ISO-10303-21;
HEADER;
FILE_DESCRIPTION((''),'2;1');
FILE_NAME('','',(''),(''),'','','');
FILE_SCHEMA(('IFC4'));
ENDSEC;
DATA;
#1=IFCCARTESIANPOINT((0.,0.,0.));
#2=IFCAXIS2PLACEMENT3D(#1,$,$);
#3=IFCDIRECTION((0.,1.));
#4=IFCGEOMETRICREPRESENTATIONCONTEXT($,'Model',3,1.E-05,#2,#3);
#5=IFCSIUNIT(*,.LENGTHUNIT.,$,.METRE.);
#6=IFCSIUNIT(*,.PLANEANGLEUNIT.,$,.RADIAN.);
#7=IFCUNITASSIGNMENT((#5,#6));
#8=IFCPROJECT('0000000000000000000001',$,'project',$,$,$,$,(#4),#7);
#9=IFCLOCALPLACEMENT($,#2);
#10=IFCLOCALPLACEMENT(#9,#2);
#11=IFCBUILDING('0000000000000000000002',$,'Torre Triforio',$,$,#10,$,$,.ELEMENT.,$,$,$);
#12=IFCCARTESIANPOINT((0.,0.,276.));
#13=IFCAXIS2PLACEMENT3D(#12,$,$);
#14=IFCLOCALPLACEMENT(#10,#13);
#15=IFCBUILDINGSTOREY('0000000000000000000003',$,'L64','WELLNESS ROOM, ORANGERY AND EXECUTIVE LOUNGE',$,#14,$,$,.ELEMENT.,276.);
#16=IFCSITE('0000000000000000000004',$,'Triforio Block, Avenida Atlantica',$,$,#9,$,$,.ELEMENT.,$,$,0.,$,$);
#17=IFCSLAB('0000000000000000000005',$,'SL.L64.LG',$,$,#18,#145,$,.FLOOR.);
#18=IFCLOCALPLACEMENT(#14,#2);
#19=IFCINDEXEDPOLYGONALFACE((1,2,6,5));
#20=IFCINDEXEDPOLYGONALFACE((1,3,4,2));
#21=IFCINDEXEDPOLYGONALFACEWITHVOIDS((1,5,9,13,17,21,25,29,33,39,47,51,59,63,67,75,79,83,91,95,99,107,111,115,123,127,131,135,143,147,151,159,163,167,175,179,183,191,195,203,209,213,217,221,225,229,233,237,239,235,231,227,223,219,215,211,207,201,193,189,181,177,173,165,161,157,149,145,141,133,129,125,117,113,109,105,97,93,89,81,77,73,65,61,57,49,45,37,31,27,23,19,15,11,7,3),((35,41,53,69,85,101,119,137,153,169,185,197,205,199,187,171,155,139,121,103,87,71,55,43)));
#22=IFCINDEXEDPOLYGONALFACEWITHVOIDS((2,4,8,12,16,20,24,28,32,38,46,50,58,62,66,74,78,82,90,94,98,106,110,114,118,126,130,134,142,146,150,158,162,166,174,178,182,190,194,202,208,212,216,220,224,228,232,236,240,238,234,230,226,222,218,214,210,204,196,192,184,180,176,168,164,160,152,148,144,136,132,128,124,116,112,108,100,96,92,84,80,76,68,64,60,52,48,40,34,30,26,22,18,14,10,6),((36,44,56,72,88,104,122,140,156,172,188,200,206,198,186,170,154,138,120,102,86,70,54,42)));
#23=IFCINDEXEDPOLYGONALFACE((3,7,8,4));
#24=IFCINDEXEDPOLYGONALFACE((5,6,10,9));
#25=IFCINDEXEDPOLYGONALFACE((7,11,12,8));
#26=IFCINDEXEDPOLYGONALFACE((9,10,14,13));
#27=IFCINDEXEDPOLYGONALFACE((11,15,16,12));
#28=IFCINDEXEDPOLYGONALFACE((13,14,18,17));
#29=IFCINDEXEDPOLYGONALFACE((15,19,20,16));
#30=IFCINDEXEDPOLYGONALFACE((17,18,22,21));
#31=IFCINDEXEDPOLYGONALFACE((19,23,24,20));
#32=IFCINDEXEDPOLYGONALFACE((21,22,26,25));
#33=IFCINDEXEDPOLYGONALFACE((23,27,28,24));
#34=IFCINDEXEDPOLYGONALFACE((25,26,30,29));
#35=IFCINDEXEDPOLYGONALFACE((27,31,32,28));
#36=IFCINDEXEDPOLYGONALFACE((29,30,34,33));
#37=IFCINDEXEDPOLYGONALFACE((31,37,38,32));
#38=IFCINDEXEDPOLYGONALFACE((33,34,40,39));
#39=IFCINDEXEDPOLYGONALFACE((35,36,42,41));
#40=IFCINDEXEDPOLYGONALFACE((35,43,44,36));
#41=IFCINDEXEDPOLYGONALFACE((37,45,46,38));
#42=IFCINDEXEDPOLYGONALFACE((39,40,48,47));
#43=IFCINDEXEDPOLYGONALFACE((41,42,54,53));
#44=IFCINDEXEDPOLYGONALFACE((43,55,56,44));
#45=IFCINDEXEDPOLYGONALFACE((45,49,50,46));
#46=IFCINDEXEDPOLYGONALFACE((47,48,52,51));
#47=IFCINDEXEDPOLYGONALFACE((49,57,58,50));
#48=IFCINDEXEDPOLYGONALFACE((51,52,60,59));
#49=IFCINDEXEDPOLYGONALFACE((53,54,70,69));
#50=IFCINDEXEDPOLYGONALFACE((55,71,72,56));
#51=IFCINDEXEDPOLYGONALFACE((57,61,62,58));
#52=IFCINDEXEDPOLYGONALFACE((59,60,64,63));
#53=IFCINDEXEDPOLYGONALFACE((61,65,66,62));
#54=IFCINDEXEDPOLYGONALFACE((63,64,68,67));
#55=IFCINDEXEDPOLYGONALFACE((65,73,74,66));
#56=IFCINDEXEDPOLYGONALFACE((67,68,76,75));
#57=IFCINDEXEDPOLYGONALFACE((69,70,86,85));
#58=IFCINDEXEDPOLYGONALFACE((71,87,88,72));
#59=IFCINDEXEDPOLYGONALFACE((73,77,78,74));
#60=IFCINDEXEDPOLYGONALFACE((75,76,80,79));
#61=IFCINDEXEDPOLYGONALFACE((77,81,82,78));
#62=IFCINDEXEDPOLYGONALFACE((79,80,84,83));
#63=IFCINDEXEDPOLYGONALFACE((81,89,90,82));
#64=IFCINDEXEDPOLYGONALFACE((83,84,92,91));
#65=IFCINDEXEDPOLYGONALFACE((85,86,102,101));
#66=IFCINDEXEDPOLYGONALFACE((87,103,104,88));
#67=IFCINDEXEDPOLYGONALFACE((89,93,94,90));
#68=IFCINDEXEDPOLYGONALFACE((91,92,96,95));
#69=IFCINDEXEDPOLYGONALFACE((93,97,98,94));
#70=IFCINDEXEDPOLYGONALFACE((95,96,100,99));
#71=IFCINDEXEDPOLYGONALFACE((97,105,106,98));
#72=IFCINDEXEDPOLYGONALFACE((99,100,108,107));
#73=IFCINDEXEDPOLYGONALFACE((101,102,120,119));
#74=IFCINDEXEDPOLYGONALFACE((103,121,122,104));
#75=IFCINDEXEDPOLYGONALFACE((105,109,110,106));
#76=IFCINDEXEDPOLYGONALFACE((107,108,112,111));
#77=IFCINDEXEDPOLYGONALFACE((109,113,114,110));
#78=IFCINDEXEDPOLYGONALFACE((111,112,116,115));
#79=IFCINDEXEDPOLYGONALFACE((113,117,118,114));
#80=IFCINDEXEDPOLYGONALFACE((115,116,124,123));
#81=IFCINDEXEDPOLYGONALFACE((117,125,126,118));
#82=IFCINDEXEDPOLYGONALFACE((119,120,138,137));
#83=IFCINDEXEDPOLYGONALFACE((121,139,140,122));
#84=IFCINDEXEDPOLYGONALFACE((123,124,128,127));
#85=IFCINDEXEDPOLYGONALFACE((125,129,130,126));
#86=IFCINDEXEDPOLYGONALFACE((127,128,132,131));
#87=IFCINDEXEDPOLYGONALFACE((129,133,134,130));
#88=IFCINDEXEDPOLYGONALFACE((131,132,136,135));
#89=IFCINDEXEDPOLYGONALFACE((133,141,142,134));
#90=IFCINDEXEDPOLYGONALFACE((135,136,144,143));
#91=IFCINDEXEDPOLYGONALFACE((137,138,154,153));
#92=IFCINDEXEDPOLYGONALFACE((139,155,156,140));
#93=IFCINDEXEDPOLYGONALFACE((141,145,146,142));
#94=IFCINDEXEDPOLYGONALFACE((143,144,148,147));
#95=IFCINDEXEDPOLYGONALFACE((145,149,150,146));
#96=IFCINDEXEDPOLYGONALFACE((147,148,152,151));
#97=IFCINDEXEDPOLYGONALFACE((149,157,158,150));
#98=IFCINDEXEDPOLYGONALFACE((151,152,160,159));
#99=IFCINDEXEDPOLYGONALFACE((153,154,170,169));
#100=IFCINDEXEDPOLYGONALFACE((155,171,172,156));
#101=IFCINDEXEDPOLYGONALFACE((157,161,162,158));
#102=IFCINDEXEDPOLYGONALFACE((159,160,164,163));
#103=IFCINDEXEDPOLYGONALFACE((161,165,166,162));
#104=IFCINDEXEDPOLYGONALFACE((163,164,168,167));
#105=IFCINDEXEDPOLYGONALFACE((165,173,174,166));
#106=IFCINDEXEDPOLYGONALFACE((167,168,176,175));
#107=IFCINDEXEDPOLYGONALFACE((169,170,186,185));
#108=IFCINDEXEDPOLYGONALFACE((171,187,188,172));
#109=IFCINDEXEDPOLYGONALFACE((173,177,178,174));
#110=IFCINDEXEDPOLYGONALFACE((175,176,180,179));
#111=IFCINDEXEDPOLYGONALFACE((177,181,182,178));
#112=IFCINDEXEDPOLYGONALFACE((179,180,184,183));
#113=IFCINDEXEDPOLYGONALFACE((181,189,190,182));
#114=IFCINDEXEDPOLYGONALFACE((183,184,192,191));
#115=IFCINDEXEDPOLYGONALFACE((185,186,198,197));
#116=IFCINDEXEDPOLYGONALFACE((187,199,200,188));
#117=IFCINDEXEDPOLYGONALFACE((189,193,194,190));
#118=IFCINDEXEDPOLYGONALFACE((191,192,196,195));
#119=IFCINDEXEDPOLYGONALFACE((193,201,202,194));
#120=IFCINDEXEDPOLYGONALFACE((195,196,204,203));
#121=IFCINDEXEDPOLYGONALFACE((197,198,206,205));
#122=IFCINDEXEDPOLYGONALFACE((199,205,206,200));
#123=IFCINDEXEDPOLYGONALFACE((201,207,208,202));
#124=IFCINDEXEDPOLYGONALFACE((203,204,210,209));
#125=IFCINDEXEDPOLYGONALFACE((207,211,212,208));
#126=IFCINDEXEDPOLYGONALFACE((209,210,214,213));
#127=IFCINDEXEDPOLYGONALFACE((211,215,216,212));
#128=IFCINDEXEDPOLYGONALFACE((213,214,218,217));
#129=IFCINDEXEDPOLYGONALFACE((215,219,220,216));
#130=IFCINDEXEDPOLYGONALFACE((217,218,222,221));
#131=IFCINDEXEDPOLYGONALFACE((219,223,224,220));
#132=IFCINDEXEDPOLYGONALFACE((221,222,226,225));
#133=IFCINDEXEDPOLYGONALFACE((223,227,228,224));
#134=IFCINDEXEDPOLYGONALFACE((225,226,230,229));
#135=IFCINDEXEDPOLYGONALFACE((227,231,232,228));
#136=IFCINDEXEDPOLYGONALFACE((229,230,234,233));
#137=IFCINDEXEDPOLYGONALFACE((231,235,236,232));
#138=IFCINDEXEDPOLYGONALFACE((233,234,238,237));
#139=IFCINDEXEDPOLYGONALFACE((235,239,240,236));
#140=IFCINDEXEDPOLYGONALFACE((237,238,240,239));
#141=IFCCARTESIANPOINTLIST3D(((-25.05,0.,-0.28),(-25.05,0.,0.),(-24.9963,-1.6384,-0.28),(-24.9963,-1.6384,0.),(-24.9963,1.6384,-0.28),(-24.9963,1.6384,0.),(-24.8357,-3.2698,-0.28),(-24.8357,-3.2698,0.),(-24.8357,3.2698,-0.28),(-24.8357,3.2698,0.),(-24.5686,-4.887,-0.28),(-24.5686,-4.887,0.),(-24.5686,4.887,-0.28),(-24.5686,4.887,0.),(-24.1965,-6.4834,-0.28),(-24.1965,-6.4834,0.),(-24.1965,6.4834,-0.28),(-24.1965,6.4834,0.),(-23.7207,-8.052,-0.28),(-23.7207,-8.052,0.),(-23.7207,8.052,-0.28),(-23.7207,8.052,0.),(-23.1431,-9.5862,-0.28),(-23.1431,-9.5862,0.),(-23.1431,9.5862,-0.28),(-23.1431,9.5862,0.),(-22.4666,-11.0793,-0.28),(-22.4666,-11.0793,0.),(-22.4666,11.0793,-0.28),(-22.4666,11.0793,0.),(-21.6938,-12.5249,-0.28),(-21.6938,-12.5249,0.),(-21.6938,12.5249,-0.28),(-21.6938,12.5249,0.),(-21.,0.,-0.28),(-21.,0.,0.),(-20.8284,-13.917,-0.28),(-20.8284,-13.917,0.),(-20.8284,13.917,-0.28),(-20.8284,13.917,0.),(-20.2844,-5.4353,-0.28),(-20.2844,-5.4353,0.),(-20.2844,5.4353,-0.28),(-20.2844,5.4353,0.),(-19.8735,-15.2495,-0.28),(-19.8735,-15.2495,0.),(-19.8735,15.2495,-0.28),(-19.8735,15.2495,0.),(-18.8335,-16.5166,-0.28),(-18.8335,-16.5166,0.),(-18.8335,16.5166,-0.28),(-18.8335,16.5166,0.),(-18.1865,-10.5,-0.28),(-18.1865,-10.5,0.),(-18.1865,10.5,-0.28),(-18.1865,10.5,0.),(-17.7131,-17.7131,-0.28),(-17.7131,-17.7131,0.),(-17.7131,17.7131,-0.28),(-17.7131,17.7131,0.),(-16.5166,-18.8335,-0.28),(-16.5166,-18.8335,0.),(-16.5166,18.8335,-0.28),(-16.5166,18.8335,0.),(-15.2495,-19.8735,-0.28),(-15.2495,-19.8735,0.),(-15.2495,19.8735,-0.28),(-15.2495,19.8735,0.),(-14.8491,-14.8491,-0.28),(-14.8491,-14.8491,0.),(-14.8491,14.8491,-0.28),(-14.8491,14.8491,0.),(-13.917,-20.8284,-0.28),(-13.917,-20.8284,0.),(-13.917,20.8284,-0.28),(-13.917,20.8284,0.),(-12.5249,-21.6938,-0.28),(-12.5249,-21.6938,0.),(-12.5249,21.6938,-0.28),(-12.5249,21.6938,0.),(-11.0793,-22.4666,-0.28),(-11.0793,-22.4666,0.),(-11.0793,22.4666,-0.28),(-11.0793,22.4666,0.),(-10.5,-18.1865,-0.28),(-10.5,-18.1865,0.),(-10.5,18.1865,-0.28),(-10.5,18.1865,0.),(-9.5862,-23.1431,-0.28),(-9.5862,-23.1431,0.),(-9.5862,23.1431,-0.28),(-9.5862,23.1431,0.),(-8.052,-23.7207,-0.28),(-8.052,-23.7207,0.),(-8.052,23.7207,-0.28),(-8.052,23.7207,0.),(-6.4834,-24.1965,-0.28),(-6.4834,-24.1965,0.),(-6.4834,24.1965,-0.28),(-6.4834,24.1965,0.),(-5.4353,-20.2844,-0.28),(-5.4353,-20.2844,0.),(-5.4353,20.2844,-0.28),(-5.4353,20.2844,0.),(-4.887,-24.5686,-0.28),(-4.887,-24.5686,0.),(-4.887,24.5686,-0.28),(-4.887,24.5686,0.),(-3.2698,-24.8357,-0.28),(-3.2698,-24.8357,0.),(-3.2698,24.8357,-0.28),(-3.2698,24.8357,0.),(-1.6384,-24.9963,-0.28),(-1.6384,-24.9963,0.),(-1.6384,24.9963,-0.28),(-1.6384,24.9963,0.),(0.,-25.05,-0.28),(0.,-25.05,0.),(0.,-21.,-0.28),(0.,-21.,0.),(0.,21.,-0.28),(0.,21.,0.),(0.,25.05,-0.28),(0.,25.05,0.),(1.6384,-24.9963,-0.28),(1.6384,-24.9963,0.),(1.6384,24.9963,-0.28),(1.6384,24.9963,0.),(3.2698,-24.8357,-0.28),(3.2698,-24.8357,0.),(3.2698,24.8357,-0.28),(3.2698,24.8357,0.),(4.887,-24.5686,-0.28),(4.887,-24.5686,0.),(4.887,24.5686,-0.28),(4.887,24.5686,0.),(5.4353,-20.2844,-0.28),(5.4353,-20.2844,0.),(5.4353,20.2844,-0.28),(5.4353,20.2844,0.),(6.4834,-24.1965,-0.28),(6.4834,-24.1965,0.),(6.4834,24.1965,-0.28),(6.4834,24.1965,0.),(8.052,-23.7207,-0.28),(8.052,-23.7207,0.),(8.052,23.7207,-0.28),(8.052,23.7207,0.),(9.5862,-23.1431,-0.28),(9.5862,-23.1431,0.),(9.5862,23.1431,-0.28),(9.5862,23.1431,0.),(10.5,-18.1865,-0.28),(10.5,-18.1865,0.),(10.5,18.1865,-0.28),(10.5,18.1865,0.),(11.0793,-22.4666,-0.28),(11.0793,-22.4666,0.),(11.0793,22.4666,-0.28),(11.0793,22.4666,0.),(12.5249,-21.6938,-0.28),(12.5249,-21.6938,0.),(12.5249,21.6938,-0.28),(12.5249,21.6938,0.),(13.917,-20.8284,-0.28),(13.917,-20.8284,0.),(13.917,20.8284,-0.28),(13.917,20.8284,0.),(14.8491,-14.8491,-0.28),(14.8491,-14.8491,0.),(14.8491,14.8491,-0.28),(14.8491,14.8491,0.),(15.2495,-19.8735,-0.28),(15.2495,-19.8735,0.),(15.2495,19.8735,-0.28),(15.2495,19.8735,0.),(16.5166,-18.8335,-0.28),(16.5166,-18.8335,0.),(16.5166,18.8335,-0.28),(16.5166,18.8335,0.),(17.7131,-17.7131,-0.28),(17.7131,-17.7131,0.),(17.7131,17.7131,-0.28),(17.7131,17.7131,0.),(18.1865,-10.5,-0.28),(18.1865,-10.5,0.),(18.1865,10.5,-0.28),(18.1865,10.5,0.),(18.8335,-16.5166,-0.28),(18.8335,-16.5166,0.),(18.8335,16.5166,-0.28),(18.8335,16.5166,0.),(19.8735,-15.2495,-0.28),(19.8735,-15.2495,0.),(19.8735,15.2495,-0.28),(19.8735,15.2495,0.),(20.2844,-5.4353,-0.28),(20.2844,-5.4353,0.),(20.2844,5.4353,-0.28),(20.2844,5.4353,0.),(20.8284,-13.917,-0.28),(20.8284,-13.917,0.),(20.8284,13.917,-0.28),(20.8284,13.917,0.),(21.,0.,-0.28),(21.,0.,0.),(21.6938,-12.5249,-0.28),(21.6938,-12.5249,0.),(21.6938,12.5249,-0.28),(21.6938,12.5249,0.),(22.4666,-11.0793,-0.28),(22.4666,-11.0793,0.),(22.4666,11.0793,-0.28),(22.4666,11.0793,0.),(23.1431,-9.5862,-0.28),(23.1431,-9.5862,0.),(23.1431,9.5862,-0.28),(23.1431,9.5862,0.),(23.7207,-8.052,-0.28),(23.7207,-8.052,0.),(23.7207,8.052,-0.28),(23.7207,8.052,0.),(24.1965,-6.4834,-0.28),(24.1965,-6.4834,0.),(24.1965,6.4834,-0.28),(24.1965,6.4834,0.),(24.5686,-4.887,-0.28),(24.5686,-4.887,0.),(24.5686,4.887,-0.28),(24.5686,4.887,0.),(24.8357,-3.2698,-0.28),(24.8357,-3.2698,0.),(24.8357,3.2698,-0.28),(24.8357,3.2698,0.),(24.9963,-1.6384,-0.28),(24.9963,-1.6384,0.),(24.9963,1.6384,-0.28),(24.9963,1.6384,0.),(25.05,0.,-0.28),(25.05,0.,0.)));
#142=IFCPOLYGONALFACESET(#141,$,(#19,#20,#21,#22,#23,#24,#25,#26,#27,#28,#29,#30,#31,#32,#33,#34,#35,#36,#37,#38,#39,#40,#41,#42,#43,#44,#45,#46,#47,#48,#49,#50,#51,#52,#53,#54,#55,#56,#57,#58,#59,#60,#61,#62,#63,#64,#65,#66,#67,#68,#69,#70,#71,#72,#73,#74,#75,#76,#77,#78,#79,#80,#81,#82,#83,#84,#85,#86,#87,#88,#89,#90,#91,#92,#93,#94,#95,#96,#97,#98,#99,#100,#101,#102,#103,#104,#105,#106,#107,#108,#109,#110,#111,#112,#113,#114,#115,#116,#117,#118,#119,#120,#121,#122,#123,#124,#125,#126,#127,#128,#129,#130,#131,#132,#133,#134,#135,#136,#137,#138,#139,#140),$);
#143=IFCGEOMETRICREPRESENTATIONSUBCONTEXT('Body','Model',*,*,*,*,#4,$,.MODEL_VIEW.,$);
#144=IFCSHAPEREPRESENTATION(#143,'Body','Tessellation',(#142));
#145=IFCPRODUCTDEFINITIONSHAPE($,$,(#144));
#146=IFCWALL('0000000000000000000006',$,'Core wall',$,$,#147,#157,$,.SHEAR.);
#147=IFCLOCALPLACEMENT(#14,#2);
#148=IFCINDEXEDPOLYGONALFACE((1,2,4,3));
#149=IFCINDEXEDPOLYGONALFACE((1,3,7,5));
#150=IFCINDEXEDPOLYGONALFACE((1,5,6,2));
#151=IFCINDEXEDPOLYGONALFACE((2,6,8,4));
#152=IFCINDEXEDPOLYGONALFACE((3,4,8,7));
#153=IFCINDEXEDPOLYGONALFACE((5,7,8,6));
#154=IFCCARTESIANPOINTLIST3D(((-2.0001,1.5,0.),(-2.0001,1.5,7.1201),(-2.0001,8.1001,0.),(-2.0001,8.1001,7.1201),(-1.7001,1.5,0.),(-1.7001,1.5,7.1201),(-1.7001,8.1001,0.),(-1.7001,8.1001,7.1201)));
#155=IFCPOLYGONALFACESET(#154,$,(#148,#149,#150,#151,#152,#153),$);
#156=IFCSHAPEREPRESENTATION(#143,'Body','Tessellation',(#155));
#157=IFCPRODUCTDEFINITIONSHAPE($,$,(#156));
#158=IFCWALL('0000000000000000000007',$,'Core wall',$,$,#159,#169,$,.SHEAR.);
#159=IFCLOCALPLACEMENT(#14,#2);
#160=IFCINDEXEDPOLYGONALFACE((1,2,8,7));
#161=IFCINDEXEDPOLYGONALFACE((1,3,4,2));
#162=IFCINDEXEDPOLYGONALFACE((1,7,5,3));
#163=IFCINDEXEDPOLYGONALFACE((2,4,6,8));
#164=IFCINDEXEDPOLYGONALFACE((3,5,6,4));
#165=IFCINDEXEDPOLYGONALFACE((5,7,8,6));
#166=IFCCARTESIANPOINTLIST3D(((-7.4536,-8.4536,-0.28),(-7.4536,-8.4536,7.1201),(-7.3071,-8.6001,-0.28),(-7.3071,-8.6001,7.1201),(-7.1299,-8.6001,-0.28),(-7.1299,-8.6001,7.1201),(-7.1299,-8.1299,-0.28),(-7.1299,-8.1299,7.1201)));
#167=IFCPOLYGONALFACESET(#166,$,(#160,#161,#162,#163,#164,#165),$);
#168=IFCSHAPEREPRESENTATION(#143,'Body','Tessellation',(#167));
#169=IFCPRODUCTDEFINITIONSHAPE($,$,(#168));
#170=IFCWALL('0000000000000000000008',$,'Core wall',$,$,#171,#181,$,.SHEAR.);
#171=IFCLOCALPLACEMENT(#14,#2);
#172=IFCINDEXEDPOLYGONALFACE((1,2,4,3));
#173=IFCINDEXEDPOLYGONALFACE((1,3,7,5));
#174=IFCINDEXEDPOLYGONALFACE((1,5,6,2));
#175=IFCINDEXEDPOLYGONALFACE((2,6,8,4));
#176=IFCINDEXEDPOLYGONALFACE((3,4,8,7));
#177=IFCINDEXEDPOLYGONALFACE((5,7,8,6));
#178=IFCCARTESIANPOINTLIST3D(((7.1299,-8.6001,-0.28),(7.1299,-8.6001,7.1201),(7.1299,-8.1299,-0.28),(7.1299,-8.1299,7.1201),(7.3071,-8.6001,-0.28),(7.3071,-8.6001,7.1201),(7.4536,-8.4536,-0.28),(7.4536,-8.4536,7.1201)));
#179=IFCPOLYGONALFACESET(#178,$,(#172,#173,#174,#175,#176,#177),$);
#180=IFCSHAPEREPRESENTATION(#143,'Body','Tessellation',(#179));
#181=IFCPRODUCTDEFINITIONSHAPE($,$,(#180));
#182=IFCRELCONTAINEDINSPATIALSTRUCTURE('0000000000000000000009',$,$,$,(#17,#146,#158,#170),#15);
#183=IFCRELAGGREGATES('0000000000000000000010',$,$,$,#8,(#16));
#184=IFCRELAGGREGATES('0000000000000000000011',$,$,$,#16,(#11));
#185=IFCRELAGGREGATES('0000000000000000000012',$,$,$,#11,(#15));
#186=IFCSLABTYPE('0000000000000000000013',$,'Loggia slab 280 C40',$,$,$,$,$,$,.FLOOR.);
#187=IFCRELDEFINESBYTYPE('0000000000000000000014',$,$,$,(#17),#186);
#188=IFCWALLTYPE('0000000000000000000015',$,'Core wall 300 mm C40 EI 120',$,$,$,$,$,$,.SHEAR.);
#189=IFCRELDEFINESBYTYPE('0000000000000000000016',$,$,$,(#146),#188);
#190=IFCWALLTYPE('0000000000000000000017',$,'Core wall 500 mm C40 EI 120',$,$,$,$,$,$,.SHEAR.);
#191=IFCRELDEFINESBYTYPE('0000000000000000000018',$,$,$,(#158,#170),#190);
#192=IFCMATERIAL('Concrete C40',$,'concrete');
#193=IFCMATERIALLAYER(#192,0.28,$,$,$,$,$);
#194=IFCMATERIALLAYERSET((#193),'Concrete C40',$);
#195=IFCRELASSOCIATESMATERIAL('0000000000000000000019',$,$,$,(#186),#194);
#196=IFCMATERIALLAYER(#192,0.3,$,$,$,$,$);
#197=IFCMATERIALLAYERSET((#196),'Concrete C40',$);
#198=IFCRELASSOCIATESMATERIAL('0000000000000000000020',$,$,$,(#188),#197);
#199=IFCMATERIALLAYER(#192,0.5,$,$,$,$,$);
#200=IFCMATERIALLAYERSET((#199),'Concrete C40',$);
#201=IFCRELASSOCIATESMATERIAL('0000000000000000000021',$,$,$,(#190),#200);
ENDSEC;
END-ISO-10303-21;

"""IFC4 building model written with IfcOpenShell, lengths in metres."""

from ifc_helpers import new_model, si_unit, direction, frame, frame_2d, origin, place, context, subcontext, project, spatial, polyline, rectangle, outline, extrude, material, layer, layer_set, type_object, element, save


model = new_model("IFC4")

# Units and contexts
model_context = context("Model", 3, precision=1e-05, world=origin(), true_north=direction((0.0, 1.0)))
body_context = subcontext(model_context, "Body", "Model", "MODEL_VIEW")
ifc_project = project(units=[si_unit("LENGTHUNIT", "METRE"), si_unit("PLANEANGLEUNIT", "RADIAN")], contexts=[model_context])

# Site, building, storey
site_placement = place(None, origin())
site = spatial("IfcSite", under=ifc_project, at=site_placement, Name="Triforio Block, Avenida Atlantica", CompositionType="ELEMENT", RefElevation=0.0)
building_placement = place(site_placement, origin())
building = spatial("IfcBuilding", under=site, at=building_placement, Name="Torre Triforio", CompositionType="ELEMENT")
storey_placement = place(building_placement, frame((0.0, 0.0, 276.0)))
storey = spatial("IfcBuildingStorey", under=building, at=storey_placement, Name="L64", Description="WELLNESS ROOM, ORANGERY AND EXECUTIVE LOUNGE", CompositionType="ELEMENT", Elevation=276.0)

# Slab
ifc_material_1 = material(Name="Concrete C40", Category="concrete")
ifc_layer_1 = layer(ifc_material_1, 0.28)
ifc_layer_set_1 = layer_set([ifc_layer_1], Name="Concrete C40")
slab_type = type_object("IfcSlabType", Name="Loggia slab 280 C40", PredefinedType="FLOOR", material=ifc_layer_set_1)
slab_placement = place(storey_placement, frame((0.0, 0.0, -0.28)))
element("IfcSlab", 1, at=slab_placement, inside=storey, type_object=slab_type, Name="SL.L64.LG", PredefinedType="FLOOR", context=body_context, shape_type="SweptSolid", body=[
    extrude(outline(polyline([(24.9963, -1.6384), (25.05, 0.0), (24.9963, 1.6384), (24.8357, 3.2698), (24.5686, 4.887), (24.1965, 6.4834), (23.7207, 8.052), (23.1431, 9.5862), (22.4666, 11.0793), (21.6938, 12.5249), (20.8284, 13.917), (19.8735, 15.2495), (18.8335, 16.5166), (17.7131, 17.7131), (16.5166, 18.8335), (15.2495, 19.8735), (13.917, 20.8284), (12.5249, 21.6938), (11.0793, 22.4666), (9.5862, 23.1431), (8.052, 23.7207), (6.4834, 24.1965), (4.887, 24.5686), (3.2698, 24.8357), (1.6384, 24.9963), (0.0, 25.05), (-1.6384, 24.9963), (-3.2698, 24.8357), (-4.887, 24.5686), (-6.4834, 24.1965), (-8.052, 23.7207), (-9.5862, 23.1431), (-11.0793, 22.4666), (-12.5249, 21.6938), (-13.917, 20.8284), (-15.2495, 19.8735), (-16.5166, 18.8335), (-17.7131, 17.7131), (-18.8335, 16.5166), (-19.8735, 15.2495), (-20.8284, 13.917), (-21.6938, 12.5249), (-22.4666, 11.0793), (-23.1431, 9.5862), (-23.7207, 8.052), (-24.1965, 6.4834), (-24.5686, 4.887), (-24.8357, 3.2698), (-24.9963, 1.6384), (-25.05, 0.0), (-24.9963, -1.6384), (-24.8357, -3.2698), (-24.5686, -4.887), (-24.1965, -6.4834), (-23.7207, -8.052), (-23.1431, -9.5862), (-22.4666, -11.0793), (-21.6938, -12.5249), (-20.8284, -13.917), (-19.8735, -15.2495), (-18.8335, -16.5166), (-17.7131, -17.7131), (-16.5166, -18.8335), (-15.2495, -19.8735), (-13.917, -20.8284), (-12.5249, -21.6938), (-11.0793, -22.4666), (-9.5862, -23.1431), (-8.052, -23.7207), (-6.4834, -24.1965), (-4.887, -24.5686), (-3.2698, -24.8357), (-1.6384, -24.9963), (0.0, -25.05), (1.6384, -24.9963), (3.2698, -24.8357), (4.887, -24.5686), (6.4834, -24.1965), (8.052, -23.7207), (9.5862, -23.1431), (11.0793, -22.4666), (12.5249, -21.6938), (13.917, -20.8284), (15.2495, -19.8735), (16.5166, -18.8335), (17.7131, -17.7131), (18.8335, -16.5166), (19.8735, -15.2495), (20.8284, -13.917), (21.6938, -12.5249), (22.4666, -11.0793), (23.1431, -9.5862), (23.7207, -8.052), (24.1965, -6.4834), (24.5686, -4.887), (24.8357, -3.2698), (24.9963, -1.6384)]), holes=[polyline([(20.2844, 5.4353), (21.0, 0.0), (20.2844, -5.4353), (18.1865, -10.5), (14.8491, -14.8491), (10.5, -18.1865), (5.4353, -20.2844), (0.0, -21.0), (-5.4353, -20.2844), (-10.5, -18.1865), (-14.8491, -14.8491), (-18.1865, -10.5), (-20.2844, -5.4353), (-21.0, 0.0), (-20.2844, 5.4353), (-18.1865, 10.5), (-14.8491, 14.8491), (-10.5, 18.1865), (-5.4353, 20.2844), (0.0, 21.0), (5.4353, 20.2844), (10.5, 18.1865), (14.8491, 14.8491), (18.1865, 10.5), (20.2844, 5.4353)])]), origin(), (0.0, 0.0, 1.0), 0.28),
])

# Walls
ifc_layer_2 = layer(ifc_material_1, 0.3)
ifc_layer_set_2 = layer_set([ifc_layer_2], Name="Concrete C40")
wall_type_1 = type_object("IfcWallType", Name="Core wall 300 mm C40 EI 120", PredefinedType="SHEAR", material=ifc_layer_set_2)
wall_1_placement = place(storey_placement, frame((-1.8501, 1.5, 0.0), z_axis=(0.0, 0.0, 1.0), x_axis=(0.0, 1.0, 0.0)))
element("IfcWall", 2, at=wall_1_placement, inside=storey, type_object=wall_type_1, Name="Core wall", PredefinedType="SHEAR", context=body_context, shape_type="SweptSolid", body=[
    extrude(rectangle(XDim=6.6001, YDim=0.3, at=frame_2d((3.3, 0.0))), origin(), (0.0, 0.0, 1.0), 7.1201),
])
ifc_layer_3 = layer(ifc_material_1, 0.5)
ifc_layer_set_3 = layer_set([ifc_layer_3], Name="Concrete C40")
wall_type_2 = type_object("IfcWallType", Name="Core wall 500 mm C40 EI 120", PredefinedType="SHEAR", material=ifc_layer_set_3)
wall_2_placement = place(storey_placement, frame((0.0, 0.0, -0.28)))
element("IfcWall", 3, at=wall_2_placement, inside=storey, type_object=wall_type_2, Name="Core wall", PredefinedType="SHEAR", context=body_context, shape_type="SweptSolid", body=[
    extrude(outline(polyline([(-7.3071, -8.6001), (-7.4536, -8.4536), (-7.1299, -8.1299), (-7.1299, -8.6001), (-7.3071, -8.6001)])), origin(), (0.0, 0.0, 1.0), 7.4001),
])
wall_3_placement = place(storey_placement, frame((0.0, 0.0, -0.28)))
element("IfcWall", 4, at=wall_3_placement, inside=storey, type_object=wall_type_2, Name="Core wall", PredefinedType="SHEAR", context=body_context, shape_type="SweptSolid", body=[
    extrude(outline(polyline([(7.3071, -8.6001), (7.1299, -8.6001), (7.1299, -8.1299), (7.4536, -8.4536), (7.3071, -8.6001)])), origin(), (0.0, 0.0, 1.0), 7.4001),
])

save(model, "model.ifc")
